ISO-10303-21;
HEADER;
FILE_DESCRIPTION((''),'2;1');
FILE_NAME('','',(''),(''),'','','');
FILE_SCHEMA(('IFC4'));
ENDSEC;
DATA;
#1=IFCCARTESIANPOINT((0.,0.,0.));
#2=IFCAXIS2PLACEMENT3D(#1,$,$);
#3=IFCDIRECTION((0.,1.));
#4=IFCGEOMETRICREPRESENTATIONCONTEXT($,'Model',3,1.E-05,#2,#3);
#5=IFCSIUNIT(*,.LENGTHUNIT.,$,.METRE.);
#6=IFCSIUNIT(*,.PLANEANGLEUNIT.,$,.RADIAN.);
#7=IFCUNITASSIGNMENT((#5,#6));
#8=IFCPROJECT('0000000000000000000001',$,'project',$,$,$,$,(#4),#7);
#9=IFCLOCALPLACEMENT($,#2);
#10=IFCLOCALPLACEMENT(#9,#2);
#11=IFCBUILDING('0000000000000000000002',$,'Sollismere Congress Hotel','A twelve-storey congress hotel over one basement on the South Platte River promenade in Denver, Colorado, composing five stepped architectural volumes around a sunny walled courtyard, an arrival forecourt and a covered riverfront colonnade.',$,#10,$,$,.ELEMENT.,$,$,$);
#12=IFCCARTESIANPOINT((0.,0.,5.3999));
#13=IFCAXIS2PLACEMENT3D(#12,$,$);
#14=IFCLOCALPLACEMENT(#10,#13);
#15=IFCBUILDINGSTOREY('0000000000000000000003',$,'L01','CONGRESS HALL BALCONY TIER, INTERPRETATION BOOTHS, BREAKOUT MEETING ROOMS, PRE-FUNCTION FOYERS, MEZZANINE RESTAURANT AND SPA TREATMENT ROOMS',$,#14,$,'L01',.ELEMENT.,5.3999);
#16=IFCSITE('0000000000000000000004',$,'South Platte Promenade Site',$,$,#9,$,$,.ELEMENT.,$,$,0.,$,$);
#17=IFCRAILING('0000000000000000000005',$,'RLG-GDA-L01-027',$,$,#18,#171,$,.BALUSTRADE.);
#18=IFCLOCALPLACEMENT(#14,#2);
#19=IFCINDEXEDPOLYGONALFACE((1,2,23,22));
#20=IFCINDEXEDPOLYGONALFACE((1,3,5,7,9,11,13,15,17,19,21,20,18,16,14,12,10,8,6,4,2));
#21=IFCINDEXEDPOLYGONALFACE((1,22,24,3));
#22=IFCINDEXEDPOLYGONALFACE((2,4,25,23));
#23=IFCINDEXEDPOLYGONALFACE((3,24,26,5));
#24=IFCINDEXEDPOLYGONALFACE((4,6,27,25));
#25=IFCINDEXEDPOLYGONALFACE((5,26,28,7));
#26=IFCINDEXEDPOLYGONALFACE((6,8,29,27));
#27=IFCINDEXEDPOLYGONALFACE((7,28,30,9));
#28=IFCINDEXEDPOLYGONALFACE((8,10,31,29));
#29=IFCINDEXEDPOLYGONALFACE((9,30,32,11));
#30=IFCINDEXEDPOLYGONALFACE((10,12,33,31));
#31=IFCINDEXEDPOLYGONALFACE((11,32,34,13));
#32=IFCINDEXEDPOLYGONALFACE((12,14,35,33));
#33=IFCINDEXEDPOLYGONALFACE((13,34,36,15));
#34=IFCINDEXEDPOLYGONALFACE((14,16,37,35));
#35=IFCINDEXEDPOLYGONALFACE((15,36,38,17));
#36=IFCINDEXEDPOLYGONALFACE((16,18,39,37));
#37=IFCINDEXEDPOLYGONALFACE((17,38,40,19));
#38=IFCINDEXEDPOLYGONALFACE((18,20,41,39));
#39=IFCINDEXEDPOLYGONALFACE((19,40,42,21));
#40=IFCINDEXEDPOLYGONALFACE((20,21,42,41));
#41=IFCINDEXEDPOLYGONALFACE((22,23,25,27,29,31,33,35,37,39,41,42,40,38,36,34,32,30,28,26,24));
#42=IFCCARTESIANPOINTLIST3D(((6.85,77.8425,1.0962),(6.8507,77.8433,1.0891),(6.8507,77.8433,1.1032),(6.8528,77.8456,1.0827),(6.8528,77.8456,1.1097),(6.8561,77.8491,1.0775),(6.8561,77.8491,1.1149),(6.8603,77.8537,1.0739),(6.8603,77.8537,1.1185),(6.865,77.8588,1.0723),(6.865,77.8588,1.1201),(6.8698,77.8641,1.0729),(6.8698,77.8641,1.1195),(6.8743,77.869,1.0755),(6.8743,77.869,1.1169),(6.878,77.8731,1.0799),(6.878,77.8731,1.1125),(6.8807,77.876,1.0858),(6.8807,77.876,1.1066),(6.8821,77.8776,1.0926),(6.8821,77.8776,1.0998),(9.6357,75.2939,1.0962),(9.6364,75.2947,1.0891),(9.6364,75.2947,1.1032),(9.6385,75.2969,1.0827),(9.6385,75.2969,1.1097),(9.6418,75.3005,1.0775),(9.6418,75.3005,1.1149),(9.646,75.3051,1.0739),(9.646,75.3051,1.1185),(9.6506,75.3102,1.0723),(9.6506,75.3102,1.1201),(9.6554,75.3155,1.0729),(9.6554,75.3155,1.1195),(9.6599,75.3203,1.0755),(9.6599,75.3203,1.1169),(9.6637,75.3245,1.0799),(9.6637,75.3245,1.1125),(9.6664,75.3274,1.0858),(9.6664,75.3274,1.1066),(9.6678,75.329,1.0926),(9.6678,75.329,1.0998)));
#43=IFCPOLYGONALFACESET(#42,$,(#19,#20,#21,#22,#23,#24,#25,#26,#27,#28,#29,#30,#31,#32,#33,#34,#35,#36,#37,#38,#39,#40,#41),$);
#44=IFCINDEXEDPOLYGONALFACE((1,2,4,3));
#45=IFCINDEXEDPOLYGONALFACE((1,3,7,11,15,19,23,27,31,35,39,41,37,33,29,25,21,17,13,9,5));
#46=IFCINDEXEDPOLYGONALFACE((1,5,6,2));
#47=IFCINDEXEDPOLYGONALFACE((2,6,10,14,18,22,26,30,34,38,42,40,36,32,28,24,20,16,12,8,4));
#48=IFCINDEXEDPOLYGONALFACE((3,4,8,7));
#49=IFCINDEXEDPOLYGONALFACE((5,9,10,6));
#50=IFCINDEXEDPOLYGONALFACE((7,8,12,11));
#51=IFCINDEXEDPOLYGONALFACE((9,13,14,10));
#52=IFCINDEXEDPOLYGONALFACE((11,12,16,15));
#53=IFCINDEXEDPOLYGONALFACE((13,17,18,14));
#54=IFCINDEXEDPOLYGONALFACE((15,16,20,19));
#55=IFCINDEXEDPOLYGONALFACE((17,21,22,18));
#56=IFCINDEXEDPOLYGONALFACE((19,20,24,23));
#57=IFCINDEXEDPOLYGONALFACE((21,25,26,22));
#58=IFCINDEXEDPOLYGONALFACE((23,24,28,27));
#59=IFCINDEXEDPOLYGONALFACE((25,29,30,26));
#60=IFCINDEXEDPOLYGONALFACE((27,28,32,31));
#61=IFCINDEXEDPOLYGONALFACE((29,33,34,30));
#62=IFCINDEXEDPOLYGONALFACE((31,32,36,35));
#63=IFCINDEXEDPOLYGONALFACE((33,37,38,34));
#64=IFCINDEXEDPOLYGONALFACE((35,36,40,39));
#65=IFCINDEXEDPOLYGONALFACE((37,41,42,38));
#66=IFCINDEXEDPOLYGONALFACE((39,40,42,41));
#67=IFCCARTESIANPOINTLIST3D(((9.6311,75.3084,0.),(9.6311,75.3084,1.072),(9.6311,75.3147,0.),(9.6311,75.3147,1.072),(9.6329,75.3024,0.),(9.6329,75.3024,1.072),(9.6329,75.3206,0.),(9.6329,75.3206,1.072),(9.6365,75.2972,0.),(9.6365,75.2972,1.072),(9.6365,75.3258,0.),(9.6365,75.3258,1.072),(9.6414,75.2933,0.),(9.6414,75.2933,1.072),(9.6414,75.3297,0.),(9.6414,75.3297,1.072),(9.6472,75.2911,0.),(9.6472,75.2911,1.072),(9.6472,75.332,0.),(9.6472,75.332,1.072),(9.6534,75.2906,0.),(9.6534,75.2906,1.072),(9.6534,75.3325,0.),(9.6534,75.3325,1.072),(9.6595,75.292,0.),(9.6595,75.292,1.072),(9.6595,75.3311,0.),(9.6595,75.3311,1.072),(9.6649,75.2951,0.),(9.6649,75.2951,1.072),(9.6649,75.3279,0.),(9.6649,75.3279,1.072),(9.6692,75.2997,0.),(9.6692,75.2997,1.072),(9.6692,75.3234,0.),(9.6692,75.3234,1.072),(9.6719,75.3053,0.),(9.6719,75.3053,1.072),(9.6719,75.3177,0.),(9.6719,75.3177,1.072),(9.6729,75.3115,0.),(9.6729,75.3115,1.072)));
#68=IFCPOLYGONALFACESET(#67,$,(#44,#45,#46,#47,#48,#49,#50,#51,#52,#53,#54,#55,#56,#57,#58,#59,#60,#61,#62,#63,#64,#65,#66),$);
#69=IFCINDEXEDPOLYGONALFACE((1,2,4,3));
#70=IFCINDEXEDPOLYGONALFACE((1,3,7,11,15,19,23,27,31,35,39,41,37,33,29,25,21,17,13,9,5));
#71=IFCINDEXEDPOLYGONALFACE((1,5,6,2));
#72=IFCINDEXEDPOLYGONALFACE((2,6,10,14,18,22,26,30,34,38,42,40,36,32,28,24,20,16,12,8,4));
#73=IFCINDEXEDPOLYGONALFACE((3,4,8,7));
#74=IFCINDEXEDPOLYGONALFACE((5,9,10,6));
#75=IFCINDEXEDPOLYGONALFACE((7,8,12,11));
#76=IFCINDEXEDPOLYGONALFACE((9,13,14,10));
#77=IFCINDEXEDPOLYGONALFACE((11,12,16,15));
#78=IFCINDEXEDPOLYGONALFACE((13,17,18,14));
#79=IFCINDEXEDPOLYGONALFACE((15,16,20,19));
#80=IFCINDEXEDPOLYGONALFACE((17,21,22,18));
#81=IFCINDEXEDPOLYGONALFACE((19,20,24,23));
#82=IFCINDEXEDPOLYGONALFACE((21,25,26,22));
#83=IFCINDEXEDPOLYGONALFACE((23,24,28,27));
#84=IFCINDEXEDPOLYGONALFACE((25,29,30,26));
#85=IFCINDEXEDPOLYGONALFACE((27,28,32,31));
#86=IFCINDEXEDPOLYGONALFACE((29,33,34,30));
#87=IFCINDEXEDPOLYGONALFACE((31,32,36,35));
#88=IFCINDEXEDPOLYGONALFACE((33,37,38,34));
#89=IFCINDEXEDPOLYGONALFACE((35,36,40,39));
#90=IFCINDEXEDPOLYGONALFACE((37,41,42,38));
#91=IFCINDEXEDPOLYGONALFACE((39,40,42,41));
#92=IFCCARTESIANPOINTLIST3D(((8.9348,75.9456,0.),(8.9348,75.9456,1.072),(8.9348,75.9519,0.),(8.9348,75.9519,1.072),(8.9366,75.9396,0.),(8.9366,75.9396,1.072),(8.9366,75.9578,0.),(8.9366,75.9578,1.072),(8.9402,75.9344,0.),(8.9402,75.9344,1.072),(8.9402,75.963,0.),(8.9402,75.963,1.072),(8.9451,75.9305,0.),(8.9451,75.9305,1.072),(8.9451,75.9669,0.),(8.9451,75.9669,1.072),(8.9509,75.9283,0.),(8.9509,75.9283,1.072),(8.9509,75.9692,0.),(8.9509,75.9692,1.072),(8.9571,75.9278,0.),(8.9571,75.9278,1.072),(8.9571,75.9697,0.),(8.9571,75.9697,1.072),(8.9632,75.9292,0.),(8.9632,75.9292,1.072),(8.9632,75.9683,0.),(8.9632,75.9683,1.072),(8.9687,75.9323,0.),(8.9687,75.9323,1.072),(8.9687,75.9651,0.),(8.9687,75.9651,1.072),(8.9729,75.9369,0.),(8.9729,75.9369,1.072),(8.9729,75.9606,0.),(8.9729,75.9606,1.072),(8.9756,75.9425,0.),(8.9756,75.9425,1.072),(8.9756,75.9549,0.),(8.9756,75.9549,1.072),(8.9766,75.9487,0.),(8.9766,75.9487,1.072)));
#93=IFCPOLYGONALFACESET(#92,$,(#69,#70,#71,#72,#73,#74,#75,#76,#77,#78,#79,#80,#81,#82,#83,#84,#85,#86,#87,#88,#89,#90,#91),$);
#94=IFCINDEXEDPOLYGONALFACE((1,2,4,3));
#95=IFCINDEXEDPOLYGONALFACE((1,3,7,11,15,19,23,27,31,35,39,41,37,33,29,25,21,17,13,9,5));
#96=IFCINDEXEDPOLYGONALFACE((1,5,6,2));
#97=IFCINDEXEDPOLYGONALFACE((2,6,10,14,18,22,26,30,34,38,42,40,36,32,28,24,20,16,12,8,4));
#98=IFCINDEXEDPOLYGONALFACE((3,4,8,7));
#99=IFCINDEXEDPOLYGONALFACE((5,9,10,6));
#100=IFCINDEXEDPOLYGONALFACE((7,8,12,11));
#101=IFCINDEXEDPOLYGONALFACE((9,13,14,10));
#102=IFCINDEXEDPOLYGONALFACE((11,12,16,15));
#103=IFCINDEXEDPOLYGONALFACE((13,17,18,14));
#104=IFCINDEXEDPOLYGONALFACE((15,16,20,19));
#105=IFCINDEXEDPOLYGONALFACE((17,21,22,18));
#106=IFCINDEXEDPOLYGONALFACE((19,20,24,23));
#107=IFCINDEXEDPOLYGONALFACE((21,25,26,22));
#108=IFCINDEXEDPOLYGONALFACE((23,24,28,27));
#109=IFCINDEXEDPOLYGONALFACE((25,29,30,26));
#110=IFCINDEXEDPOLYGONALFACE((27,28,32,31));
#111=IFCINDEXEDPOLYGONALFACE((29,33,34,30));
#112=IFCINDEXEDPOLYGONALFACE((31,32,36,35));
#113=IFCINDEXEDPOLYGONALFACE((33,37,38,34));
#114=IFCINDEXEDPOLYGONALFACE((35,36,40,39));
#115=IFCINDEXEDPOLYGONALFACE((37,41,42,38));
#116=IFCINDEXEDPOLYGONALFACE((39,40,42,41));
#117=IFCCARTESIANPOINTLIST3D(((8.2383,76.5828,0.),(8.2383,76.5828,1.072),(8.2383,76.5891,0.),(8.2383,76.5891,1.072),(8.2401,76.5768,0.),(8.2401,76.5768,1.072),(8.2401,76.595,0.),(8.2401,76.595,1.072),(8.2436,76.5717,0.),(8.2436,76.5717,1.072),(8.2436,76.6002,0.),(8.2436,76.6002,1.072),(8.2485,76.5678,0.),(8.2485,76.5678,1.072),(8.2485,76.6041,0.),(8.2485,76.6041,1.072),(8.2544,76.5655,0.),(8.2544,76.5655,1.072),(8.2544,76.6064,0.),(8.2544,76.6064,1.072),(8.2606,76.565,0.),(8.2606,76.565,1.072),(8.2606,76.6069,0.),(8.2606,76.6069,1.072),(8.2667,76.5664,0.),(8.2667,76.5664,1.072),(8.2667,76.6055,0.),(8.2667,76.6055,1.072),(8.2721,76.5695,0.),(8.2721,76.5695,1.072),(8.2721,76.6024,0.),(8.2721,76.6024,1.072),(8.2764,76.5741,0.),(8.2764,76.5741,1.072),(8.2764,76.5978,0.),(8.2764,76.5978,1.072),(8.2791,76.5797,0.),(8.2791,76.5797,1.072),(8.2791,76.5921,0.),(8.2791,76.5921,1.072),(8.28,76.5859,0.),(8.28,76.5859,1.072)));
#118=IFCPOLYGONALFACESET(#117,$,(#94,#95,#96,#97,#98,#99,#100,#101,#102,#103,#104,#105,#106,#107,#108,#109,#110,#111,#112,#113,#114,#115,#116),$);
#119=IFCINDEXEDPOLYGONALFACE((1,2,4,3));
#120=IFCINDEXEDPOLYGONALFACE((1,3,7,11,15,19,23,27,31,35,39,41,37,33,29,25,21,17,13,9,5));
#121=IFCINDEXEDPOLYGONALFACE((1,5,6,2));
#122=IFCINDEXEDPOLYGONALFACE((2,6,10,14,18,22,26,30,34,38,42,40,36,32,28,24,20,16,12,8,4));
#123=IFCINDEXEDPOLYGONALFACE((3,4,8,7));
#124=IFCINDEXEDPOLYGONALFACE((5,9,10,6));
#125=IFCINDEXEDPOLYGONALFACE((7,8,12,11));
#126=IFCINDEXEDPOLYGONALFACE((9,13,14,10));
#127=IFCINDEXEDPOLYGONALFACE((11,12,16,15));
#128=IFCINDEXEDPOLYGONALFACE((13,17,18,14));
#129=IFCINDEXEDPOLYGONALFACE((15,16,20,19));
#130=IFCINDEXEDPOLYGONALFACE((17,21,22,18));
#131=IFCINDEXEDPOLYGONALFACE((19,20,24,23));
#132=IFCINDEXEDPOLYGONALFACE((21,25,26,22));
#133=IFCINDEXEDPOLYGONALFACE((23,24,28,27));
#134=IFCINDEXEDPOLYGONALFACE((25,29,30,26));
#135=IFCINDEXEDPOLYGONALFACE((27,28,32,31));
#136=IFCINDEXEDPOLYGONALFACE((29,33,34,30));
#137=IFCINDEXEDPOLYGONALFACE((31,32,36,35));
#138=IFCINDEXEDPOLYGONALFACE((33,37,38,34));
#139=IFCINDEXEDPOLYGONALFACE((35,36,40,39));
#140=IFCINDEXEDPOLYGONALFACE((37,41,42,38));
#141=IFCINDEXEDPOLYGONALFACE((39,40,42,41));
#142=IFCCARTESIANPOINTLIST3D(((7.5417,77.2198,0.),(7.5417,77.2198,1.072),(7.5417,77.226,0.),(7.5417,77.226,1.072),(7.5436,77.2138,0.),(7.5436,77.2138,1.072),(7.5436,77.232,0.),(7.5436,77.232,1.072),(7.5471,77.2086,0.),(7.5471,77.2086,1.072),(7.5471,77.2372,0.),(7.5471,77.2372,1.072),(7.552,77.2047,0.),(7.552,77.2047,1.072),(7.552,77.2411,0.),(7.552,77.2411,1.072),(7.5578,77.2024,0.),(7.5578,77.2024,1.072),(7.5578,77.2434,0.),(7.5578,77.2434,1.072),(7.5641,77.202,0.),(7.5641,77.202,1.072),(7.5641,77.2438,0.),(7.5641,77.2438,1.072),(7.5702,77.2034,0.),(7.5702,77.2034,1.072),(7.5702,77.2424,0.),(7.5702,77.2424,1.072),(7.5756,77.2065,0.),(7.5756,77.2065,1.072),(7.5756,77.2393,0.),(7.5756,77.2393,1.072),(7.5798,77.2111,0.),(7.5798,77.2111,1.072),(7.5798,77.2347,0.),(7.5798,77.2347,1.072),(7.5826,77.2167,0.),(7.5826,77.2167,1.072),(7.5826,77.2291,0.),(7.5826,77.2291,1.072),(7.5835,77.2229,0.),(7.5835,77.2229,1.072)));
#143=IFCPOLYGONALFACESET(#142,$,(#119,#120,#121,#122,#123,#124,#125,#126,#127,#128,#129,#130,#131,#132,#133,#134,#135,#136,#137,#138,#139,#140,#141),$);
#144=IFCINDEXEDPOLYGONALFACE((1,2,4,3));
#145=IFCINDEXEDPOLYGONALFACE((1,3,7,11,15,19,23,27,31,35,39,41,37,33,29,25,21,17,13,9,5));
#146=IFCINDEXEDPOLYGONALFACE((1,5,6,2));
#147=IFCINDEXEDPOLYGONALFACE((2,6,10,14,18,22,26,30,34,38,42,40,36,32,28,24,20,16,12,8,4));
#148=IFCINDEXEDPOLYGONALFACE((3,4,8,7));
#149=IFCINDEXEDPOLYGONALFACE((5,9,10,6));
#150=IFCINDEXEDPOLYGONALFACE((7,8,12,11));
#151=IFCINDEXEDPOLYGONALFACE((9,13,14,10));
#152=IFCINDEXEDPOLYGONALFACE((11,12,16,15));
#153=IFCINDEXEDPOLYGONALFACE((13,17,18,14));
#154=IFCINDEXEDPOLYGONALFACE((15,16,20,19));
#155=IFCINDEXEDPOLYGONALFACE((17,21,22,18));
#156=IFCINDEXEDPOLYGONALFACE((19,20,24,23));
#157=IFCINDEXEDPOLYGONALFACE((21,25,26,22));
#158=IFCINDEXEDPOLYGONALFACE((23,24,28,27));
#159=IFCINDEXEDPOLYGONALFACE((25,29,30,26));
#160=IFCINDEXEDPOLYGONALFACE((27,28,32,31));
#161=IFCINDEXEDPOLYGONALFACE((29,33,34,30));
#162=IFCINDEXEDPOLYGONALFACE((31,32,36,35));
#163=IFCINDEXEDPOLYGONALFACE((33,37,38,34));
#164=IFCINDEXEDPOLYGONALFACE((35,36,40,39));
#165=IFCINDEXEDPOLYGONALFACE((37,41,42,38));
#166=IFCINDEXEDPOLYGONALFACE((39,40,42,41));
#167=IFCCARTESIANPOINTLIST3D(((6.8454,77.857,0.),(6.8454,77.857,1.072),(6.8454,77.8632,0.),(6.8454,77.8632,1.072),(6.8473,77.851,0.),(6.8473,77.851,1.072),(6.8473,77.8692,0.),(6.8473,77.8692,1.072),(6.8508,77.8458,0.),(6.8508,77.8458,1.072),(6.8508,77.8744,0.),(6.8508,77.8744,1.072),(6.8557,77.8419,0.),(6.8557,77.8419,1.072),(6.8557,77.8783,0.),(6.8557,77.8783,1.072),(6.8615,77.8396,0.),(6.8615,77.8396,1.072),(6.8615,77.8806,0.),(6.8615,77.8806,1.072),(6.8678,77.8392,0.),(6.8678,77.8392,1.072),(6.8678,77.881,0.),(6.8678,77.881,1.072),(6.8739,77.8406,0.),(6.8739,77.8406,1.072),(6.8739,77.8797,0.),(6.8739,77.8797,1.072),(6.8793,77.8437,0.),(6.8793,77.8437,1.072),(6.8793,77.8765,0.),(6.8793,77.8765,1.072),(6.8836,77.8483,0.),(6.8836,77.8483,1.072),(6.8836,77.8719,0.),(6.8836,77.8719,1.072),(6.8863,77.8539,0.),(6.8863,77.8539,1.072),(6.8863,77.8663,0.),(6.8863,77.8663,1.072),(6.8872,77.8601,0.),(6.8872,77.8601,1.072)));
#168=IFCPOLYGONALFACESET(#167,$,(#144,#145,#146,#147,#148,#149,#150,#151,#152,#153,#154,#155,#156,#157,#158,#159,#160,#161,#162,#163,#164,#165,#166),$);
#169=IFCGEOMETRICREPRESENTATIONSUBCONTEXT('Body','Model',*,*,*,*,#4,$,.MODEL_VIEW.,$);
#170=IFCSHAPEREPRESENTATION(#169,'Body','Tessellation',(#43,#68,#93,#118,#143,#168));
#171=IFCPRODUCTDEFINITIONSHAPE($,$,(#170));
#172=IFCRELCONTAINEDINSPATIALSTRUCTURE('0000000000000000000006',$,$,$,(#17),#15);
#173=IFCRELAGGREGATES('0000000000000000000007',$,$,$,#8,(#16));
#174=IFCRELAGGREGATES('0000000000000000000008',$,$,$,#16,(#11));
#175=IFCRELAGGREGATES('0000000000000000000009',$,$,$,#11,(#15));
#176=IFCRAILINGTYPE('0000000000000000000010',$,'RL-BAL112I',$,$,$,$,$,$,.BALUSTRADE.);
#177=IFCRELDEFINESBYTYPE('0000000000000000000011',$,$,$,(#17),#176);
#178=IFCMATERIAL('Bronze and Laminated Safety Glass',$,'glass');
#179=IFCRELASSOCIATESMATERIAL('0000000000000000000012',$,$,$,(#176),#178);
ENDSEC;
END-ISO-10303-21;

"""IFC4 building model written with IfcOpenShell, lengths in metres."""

from ifc_helpers import new_model, si_unit, direction, frame, origin, origin_2d, place, context, subcontext, project, spatial, circle, extrude, material, type_object, element, save


model = new_model("IFC4")

# Units and contexts
model_context = context("Model", 3, precision=1e-05, world=origin(), true_north=direction((0.0, 1.0)))
body_context = subcontext(model_context, "Body", "Model", "MODEL_VIEW")
ifc_project = project(units=[si_unit("LENGTHUNIT", "METRE"), si_unit("PLANEANGLEUNIT", "RADIAN")], contexts=[model_context])

# Site, building, storey
site_placement = place(None, origin())
site = spatial("IfcSite", under=ifc_project, at=site_placement, Name="South Platte Promenade Site", CompositionType="ELEMENT", RefElevation=0.0)
building_placement = place(site_placement, origin())
building = spatial("IfcBuilding", under=site, at=building_placement, Name="Sollismere Congress Hotel", Description="A twelve-storey congress hotel over one basement on the South Platte River promenade in Denver, Colorado, composing five stepped architectural volumes around a sunny walled courtyard, an arrival forecourt and a covered riverfront colonnade.", CompositionType="ELEMENT")
storey_placement = place(building_placement, frame((0.0, 0.0, 5.3999)))
storey = spatial("IfcBuildingStorey", under=building, at=storey_placement, Name="L01", Description="CONGRESS HALL BALCONY TIER, INTERPRETATION BOOTHS, BREAKOUT MEETING ROOMS, PRE-FUNCTION FOYERS, MEZZANINE RESTAURANT AND SPA TREATMENT ROOMS", LongName="L01", CompositionType="ELEMENT", Elevation=5.3999)

# Railing
ifc_material_1 = material(Name="Bronze and Laminated Safety Glass", Category="glass")
railing_type = type_object("IfcRailingType", Name="RL-BAL112I", PredefinedType="BALUSTRADE", material=ifc_material_1)
railing_1_placement = place(storey_placement, frame((9.6519, 75.3115, 0.0)))
element("IfcRailing", 1, at=railing_1_placement, inside=storey, type_object=railing_type, Name="RLG-GDA-L01-027", PredefinedType="BALUSTRADE", context=body_context, shape_type="SweptSolid", body=[
    extrude(circle(Radius=0.0239, at=origin_2d()), frame((0.0, 0.0, 1.0962), z_axis=(-0.737803, 0.675016, 0.0), x_axis=(-0.675016, -0.737803, 0.0)), (0.0, 0.0, 1.0), 3.7756),
    extrude(circle(Radius=0.021, at=origin_2d()), origin(), (0.0, 0.0, 1.0), 1.072),
    extrude(circle(Radius=0.021, at=origin_2d()), frame((-0.6963, 0.6372, 0.0)), (0.0, 0.0, 1.0), 1.072),
    extrude(circle(Radius=0.021, at=origin_2d()), frame((-1.3928, 1.2744, 0.0)), (0.0, 0.0, 1.0), 1.072),
    extrude(circle(Radius=0.021, at=origin_2d()), frame((-2.0894, 1.9114, 0.0)), (0.0, 0.0, 1.0), 1.072),
    extrude(circle(Radius=0.021, at=origin_2d()), frame((-2.7856, 2.5486, 0.0)), (0.0, 0.0, 1.0), 1.072),
])

save(model, "model.ifc")
